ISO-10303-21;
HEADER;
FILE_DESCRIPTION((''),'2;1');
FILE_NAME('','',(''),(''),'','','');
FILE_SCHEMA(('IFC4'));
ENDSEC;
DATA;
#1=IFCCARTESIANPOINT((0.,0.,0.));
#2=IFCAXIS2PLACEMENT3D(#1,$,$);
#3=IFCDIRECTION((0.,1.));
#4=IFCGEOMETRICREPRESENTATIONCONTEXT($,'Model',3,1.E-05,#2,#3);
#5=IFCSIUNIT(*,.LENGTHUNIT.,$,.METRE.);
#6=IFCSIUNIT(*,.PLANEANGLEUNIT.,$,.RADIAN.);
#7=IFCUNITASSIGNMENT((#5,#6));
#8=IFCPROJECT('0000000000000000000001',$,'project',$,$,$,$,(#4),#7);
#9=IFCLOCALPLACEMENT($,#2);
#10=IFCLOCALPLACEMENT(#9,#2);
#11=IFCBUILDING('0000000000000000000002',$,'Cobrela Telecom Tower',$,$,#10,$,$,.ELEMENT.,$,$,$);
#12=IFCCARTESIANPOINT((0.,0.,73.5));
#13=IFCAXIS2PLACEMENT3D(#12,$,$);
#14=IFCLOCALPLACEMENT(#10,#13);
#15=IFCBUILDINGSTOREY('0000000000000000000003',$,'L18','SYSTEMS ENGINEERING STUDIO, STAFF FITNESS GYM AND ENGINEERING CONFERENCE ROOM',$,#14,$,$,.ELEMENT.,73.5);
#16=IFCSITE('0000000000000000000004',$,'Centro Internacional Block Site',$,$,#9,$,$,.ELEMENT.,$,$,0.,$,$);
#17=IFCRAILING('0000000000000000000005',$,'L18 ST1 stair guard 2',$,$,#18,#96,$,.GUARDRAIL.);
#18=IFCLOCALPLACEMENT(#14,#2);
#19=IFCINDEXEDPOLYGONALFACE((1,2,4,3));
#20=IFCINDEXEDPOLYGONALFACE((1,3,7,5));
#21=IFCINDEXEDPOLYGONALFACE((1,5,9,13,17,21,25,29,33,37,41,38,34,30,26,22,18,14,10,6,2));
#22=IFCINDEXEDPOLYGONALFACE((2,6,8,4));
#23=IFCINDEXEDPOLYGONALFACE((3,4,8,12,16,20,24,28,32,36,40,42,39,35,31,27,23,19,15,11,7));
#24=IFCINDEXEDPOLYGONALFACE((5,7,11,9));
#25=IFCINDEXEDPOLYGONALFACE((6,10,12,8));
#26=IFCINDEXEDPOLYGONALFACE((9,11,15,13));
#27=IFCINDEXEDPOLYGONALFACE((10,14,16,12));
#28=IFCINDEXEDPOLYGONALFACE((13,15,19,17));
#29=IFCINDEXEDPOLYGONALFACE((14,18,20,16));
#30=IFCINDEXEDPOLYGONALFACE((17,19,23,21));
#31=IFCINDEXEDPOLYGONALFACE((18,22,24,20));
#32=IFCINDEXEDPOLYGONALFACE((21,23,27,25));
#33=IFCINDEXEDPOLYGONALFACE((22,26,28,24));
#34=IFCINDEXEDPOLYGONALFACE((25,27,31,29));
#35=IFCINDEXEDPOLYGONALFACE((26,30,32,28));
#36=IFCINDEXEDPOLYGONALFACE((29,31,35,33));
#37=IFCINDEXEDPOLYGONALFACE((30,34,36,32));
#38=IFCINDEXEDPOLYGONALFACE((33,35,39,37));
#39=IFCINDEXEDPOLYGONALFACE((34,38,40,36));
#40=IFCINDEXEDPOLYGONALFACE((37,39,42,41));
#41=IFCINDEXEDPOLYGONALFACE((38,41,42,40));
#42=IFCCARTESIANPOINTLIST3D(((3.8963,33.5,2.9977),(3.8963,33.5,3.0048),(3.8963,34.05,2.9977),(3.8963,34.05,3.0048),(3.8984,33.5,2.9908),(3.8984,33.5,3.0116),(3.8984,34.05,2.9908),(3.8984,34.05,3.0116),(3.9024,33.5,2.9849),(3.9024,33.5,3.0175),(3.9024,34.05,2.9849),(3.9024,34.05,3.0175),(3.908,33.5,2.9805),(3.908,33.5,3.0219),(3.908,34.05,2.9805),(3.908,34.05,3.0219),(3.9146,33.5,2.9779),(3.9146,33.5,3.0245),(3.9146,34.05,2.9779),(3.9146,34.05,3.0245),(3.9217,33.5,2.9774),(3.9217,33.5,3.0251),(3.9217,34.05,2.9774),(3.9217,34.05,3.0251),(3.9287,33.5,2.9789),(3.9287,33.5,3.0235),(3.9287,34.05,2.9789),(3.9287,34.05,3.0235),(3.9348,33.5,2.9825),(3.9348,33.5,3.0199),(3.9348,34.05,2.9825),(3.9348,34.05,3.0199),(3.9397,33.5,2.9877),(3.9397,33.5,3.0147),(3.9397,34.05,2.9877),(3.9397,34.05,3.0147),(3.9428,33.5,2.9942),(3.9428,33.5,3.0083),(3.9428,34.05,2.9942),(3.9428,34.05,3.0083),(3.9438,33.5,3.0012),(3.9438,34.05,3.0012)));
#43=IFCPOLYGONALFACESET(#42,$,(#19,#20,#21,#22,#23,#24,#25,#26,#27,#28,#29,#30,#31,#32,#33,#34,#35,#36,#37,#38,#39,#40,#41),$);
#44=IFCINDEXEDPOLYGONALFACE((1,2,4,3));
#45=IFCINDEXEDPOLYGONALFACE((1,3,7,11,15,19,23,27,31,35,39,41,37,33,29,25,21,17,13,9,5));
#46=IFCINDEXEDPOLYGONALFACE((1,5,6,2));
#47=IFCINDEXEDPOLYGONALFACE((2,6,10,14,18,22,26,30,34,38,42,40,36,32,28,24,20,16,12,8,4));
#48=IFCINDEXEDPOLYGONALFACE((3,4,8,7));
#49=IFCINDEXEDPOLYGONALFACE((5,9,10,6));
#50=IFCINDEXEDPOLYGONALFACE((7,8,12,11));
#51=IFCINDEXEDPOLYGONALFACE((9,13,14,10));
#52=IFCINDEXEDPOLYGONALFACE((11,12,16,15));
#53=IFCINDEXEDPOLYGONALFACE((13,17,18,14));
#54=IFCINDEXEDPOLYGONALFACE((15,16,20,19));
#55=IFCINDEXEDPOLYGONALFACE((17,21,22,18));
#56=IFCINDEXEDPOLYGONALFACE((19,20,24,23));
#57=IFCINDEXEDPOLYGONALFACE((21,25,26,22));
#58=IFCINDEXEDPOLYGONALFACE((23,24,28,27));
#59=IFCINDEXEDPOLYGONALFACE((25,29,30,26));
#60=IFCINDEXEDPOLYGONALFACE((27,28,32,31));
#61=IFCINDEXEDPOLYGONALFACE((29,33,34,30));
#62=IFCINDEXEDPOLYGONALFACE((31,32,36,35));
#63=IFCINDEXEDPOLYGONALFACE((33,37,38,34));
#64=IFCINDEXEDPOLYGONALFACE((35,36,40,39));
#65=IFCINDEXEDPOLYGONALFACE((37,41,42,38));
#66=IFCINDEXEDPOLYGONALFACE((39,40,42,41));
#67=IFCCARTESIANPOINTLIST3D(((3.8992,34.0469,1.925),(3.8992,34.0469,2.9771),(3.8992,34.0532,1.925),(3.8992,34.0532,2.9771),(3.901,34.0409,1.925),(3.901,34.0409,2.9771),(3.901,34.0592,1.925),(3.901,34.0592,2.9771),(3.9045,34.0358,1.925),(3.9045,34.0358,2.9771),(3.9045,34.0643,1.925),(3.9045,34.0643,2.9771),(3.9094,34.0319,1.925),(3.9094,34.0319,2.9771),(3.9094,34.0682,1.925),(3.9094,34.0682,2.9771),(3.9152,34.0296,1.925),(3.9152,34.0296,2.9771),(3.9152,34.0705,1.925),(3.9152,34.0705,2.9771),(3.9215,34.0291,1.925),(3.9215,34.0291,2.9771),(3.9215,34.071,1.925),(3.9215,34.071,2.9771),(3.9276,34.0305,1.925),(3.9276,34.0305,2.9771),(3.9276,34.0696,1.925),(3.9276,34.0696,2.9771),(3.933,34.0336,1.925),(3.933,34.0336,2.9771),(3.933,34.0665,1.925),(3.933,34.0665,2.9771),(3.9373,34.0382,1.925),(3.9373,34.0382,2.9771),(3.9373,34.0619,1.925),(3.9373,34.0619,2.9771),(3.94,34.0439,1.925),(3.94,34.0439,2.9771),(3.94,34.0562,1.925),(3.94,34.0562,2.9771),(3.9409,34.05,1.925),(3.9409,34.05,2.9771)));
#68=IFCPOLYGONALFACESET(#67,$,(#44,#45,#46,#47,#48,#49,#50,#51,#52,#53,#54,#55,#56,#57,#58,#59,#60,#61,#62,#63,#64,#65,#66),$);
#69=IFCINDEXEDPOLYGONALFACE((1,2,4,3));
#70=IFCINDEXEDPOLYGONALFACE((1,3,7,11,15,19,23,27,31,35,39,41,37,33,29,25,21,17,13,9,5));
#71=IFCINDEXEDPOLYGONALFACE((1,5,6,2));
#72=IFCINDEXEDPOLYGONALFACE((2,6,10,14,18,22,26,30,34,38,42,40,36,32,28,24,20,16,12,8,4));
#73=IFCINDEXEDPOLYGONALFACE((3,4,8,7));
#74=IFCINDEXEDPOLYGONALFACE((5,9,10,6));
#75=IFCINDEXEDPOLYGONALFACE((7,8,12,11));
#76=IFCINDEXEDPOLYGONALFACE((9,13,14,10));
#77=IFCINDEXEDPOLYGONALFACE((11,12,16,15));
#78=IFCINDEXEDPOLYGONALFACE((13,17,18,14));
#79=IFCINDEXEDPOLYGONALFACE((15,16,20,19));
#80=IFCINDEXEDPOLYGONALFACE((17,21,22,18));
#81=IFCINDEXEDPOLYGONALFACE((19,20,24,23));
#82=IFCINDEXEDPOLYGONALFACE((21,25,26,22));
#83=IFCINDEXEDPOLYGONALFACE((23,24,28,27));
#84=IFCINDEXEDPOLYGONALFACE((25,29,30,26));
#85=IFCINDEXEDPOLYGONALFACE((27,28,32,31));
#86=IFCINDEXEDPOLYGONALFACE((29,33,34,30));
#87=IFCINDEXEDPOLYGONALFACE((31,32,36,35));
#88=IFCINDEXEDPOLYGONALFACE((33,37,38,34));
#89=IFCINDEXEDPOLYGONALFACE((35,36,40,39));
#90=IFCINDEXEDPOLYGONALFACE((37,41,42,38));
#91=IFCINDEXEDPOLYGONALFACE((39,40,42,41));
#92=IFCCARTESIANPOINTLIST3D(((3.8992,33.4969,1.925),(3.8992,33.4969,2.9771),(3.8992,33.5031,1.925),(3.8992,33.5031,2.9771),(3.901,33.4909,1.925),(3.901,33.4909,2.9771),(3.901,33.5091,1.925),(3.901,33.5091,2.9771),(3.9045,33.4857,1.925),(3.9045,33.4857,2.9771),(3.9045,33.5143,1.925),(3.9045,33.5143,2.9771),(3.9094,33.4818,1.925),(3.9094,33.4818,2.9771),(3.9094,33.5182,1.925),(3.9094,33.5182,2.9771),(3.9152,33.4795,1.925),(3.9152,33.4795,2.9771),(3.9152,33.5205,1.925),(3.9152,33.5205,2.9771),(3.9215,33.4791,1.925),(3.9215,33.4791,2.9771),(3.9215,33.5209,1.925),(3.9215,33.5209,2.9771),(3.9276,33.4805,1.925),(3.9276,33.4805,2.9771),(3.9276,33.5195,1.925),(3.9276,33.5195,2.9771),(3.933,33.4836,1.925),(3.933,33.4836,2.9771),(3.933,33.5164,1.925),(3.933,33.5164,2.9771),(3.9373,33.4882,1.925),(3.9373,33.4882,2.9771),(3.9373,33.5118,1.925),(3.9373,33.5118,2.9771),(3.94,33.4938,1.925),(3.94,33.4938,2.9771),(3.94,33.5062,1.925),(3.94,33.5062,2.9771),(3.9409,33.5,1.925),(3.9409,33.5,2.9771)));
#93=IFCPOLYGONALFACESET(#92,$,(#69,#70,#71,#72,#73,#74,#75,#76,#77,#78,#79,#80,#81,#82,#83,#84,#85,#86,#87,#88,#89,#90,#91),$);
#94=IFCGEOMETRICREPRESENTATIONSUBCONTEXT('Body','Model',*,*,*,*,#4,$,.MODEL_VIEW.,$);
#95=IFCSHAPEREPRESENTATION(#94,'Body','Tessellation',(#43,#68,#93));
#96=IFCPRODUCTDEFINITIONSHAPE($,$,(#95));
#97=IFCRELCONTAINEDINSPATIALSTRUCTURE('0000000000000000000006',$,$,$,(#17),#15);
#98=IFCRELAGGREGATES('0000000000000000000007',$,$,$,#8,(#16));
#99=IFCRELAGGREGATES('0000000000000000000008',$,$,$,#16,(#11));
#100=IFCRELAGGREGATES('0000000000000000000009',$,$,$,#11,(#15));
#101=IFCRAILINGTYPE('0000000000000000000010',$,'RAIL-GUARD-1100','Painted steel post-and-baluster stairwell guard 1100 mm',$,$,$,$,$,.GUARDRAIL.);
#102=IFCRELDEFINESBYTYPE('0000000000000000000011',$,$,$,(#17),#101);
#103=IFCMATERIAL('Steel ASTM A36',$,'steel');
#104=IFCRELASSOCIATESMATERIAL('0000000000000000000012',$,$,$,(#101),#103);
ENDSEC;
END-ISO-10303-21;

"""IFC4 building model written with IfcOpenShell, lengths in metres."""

from ifc_helpers import new_model, si_unit, direction, frame, origin, origin_2d, place, context, subcontext, project, spatial, circle, extrude, material, type_object, element, save


model = new_model("IFC4")

# Units and contexts
model_context = context("Model", 3, precision=1e-05, world=origin(), true_north=direction((0.0, 1.0)))
body_context = subcontext(model_context, "Body", "Model", "MODEL_VIEW")
ifc_project = project(units=[si_unit("LENGTHUNIT", "METRE"), si_unit("PLANEANGLEUNIT", "RADIAN")], contexts=[model_context])

# Site, building, storey
site_placement = place(None, origin())
site = spatial("IfcSite", under=ifc_project, at=site_placement, Name="Centro Internacional Block Site", CompositionType="ELEMENT", RefElevation=0.0)
building_placement = place(site_placement, origin())
building = spatial("IfcBuilding", under=site, at=building_placement, Name="Cobrela Telecom Tower", CompositionType="ELEMENT")
storey_placement = place(building_placement, frame((0.0, 0.0, 73.5)))
storey = spatial("IfcBuildingStorey", under=building, at=storey_placement, Name="L18", Description="SYSTEMS ENGINEERING STUDIO, STAFF FITNESS GYM AND ENGINEERING CONFERENCE ROOM", CompositionType="ELEMENT", Elevation=73.5)

# Shared definitions
ifc_material_1 = material(Name="Steel ASTM A36", Category="steel")

# Railing
railing_type_1 = type_object("IfcRailingType", Name="RAIL-GUARD-1100", Description="Painted steel post-and-baluster stairwell guard 1100 mm", PredefinedType="GUARDRAIL", material=ifc_material_1)
railing_1_placement = place(storey_placement, frame((3.9199, 34.05, 1.925)))
element("IfcRailing", 1, at=railing_1_placement, inside=storey, type_object=railing_type_1, Name="L18 ST1 stair guard 2", PredefinedType="GUARDRAIL", context=body_context, shape_type="SweptSolid", body=[
    extrude(circle(Radius=0.0239, at=origin_2d()), frame((0.0, 0.0, 1.0762), z_axis=(0.0, -1.0, 0.0), x_axis=(1.0, 0.0, 0.0)), (0.0, 0.0, 1.0), 0.55),
    extrude(circle(Radius=0.021, at=origin_2d()), origin(), (0.0, 0.0, 1.0), 1.052),
    extrude(circle(Radius=0.021, at=origin_2d()), frame((0.0, -0.55, 0.0)), (0.0, 0.0, 1.0), 1.052),
])

save(model, "model.ifc")
